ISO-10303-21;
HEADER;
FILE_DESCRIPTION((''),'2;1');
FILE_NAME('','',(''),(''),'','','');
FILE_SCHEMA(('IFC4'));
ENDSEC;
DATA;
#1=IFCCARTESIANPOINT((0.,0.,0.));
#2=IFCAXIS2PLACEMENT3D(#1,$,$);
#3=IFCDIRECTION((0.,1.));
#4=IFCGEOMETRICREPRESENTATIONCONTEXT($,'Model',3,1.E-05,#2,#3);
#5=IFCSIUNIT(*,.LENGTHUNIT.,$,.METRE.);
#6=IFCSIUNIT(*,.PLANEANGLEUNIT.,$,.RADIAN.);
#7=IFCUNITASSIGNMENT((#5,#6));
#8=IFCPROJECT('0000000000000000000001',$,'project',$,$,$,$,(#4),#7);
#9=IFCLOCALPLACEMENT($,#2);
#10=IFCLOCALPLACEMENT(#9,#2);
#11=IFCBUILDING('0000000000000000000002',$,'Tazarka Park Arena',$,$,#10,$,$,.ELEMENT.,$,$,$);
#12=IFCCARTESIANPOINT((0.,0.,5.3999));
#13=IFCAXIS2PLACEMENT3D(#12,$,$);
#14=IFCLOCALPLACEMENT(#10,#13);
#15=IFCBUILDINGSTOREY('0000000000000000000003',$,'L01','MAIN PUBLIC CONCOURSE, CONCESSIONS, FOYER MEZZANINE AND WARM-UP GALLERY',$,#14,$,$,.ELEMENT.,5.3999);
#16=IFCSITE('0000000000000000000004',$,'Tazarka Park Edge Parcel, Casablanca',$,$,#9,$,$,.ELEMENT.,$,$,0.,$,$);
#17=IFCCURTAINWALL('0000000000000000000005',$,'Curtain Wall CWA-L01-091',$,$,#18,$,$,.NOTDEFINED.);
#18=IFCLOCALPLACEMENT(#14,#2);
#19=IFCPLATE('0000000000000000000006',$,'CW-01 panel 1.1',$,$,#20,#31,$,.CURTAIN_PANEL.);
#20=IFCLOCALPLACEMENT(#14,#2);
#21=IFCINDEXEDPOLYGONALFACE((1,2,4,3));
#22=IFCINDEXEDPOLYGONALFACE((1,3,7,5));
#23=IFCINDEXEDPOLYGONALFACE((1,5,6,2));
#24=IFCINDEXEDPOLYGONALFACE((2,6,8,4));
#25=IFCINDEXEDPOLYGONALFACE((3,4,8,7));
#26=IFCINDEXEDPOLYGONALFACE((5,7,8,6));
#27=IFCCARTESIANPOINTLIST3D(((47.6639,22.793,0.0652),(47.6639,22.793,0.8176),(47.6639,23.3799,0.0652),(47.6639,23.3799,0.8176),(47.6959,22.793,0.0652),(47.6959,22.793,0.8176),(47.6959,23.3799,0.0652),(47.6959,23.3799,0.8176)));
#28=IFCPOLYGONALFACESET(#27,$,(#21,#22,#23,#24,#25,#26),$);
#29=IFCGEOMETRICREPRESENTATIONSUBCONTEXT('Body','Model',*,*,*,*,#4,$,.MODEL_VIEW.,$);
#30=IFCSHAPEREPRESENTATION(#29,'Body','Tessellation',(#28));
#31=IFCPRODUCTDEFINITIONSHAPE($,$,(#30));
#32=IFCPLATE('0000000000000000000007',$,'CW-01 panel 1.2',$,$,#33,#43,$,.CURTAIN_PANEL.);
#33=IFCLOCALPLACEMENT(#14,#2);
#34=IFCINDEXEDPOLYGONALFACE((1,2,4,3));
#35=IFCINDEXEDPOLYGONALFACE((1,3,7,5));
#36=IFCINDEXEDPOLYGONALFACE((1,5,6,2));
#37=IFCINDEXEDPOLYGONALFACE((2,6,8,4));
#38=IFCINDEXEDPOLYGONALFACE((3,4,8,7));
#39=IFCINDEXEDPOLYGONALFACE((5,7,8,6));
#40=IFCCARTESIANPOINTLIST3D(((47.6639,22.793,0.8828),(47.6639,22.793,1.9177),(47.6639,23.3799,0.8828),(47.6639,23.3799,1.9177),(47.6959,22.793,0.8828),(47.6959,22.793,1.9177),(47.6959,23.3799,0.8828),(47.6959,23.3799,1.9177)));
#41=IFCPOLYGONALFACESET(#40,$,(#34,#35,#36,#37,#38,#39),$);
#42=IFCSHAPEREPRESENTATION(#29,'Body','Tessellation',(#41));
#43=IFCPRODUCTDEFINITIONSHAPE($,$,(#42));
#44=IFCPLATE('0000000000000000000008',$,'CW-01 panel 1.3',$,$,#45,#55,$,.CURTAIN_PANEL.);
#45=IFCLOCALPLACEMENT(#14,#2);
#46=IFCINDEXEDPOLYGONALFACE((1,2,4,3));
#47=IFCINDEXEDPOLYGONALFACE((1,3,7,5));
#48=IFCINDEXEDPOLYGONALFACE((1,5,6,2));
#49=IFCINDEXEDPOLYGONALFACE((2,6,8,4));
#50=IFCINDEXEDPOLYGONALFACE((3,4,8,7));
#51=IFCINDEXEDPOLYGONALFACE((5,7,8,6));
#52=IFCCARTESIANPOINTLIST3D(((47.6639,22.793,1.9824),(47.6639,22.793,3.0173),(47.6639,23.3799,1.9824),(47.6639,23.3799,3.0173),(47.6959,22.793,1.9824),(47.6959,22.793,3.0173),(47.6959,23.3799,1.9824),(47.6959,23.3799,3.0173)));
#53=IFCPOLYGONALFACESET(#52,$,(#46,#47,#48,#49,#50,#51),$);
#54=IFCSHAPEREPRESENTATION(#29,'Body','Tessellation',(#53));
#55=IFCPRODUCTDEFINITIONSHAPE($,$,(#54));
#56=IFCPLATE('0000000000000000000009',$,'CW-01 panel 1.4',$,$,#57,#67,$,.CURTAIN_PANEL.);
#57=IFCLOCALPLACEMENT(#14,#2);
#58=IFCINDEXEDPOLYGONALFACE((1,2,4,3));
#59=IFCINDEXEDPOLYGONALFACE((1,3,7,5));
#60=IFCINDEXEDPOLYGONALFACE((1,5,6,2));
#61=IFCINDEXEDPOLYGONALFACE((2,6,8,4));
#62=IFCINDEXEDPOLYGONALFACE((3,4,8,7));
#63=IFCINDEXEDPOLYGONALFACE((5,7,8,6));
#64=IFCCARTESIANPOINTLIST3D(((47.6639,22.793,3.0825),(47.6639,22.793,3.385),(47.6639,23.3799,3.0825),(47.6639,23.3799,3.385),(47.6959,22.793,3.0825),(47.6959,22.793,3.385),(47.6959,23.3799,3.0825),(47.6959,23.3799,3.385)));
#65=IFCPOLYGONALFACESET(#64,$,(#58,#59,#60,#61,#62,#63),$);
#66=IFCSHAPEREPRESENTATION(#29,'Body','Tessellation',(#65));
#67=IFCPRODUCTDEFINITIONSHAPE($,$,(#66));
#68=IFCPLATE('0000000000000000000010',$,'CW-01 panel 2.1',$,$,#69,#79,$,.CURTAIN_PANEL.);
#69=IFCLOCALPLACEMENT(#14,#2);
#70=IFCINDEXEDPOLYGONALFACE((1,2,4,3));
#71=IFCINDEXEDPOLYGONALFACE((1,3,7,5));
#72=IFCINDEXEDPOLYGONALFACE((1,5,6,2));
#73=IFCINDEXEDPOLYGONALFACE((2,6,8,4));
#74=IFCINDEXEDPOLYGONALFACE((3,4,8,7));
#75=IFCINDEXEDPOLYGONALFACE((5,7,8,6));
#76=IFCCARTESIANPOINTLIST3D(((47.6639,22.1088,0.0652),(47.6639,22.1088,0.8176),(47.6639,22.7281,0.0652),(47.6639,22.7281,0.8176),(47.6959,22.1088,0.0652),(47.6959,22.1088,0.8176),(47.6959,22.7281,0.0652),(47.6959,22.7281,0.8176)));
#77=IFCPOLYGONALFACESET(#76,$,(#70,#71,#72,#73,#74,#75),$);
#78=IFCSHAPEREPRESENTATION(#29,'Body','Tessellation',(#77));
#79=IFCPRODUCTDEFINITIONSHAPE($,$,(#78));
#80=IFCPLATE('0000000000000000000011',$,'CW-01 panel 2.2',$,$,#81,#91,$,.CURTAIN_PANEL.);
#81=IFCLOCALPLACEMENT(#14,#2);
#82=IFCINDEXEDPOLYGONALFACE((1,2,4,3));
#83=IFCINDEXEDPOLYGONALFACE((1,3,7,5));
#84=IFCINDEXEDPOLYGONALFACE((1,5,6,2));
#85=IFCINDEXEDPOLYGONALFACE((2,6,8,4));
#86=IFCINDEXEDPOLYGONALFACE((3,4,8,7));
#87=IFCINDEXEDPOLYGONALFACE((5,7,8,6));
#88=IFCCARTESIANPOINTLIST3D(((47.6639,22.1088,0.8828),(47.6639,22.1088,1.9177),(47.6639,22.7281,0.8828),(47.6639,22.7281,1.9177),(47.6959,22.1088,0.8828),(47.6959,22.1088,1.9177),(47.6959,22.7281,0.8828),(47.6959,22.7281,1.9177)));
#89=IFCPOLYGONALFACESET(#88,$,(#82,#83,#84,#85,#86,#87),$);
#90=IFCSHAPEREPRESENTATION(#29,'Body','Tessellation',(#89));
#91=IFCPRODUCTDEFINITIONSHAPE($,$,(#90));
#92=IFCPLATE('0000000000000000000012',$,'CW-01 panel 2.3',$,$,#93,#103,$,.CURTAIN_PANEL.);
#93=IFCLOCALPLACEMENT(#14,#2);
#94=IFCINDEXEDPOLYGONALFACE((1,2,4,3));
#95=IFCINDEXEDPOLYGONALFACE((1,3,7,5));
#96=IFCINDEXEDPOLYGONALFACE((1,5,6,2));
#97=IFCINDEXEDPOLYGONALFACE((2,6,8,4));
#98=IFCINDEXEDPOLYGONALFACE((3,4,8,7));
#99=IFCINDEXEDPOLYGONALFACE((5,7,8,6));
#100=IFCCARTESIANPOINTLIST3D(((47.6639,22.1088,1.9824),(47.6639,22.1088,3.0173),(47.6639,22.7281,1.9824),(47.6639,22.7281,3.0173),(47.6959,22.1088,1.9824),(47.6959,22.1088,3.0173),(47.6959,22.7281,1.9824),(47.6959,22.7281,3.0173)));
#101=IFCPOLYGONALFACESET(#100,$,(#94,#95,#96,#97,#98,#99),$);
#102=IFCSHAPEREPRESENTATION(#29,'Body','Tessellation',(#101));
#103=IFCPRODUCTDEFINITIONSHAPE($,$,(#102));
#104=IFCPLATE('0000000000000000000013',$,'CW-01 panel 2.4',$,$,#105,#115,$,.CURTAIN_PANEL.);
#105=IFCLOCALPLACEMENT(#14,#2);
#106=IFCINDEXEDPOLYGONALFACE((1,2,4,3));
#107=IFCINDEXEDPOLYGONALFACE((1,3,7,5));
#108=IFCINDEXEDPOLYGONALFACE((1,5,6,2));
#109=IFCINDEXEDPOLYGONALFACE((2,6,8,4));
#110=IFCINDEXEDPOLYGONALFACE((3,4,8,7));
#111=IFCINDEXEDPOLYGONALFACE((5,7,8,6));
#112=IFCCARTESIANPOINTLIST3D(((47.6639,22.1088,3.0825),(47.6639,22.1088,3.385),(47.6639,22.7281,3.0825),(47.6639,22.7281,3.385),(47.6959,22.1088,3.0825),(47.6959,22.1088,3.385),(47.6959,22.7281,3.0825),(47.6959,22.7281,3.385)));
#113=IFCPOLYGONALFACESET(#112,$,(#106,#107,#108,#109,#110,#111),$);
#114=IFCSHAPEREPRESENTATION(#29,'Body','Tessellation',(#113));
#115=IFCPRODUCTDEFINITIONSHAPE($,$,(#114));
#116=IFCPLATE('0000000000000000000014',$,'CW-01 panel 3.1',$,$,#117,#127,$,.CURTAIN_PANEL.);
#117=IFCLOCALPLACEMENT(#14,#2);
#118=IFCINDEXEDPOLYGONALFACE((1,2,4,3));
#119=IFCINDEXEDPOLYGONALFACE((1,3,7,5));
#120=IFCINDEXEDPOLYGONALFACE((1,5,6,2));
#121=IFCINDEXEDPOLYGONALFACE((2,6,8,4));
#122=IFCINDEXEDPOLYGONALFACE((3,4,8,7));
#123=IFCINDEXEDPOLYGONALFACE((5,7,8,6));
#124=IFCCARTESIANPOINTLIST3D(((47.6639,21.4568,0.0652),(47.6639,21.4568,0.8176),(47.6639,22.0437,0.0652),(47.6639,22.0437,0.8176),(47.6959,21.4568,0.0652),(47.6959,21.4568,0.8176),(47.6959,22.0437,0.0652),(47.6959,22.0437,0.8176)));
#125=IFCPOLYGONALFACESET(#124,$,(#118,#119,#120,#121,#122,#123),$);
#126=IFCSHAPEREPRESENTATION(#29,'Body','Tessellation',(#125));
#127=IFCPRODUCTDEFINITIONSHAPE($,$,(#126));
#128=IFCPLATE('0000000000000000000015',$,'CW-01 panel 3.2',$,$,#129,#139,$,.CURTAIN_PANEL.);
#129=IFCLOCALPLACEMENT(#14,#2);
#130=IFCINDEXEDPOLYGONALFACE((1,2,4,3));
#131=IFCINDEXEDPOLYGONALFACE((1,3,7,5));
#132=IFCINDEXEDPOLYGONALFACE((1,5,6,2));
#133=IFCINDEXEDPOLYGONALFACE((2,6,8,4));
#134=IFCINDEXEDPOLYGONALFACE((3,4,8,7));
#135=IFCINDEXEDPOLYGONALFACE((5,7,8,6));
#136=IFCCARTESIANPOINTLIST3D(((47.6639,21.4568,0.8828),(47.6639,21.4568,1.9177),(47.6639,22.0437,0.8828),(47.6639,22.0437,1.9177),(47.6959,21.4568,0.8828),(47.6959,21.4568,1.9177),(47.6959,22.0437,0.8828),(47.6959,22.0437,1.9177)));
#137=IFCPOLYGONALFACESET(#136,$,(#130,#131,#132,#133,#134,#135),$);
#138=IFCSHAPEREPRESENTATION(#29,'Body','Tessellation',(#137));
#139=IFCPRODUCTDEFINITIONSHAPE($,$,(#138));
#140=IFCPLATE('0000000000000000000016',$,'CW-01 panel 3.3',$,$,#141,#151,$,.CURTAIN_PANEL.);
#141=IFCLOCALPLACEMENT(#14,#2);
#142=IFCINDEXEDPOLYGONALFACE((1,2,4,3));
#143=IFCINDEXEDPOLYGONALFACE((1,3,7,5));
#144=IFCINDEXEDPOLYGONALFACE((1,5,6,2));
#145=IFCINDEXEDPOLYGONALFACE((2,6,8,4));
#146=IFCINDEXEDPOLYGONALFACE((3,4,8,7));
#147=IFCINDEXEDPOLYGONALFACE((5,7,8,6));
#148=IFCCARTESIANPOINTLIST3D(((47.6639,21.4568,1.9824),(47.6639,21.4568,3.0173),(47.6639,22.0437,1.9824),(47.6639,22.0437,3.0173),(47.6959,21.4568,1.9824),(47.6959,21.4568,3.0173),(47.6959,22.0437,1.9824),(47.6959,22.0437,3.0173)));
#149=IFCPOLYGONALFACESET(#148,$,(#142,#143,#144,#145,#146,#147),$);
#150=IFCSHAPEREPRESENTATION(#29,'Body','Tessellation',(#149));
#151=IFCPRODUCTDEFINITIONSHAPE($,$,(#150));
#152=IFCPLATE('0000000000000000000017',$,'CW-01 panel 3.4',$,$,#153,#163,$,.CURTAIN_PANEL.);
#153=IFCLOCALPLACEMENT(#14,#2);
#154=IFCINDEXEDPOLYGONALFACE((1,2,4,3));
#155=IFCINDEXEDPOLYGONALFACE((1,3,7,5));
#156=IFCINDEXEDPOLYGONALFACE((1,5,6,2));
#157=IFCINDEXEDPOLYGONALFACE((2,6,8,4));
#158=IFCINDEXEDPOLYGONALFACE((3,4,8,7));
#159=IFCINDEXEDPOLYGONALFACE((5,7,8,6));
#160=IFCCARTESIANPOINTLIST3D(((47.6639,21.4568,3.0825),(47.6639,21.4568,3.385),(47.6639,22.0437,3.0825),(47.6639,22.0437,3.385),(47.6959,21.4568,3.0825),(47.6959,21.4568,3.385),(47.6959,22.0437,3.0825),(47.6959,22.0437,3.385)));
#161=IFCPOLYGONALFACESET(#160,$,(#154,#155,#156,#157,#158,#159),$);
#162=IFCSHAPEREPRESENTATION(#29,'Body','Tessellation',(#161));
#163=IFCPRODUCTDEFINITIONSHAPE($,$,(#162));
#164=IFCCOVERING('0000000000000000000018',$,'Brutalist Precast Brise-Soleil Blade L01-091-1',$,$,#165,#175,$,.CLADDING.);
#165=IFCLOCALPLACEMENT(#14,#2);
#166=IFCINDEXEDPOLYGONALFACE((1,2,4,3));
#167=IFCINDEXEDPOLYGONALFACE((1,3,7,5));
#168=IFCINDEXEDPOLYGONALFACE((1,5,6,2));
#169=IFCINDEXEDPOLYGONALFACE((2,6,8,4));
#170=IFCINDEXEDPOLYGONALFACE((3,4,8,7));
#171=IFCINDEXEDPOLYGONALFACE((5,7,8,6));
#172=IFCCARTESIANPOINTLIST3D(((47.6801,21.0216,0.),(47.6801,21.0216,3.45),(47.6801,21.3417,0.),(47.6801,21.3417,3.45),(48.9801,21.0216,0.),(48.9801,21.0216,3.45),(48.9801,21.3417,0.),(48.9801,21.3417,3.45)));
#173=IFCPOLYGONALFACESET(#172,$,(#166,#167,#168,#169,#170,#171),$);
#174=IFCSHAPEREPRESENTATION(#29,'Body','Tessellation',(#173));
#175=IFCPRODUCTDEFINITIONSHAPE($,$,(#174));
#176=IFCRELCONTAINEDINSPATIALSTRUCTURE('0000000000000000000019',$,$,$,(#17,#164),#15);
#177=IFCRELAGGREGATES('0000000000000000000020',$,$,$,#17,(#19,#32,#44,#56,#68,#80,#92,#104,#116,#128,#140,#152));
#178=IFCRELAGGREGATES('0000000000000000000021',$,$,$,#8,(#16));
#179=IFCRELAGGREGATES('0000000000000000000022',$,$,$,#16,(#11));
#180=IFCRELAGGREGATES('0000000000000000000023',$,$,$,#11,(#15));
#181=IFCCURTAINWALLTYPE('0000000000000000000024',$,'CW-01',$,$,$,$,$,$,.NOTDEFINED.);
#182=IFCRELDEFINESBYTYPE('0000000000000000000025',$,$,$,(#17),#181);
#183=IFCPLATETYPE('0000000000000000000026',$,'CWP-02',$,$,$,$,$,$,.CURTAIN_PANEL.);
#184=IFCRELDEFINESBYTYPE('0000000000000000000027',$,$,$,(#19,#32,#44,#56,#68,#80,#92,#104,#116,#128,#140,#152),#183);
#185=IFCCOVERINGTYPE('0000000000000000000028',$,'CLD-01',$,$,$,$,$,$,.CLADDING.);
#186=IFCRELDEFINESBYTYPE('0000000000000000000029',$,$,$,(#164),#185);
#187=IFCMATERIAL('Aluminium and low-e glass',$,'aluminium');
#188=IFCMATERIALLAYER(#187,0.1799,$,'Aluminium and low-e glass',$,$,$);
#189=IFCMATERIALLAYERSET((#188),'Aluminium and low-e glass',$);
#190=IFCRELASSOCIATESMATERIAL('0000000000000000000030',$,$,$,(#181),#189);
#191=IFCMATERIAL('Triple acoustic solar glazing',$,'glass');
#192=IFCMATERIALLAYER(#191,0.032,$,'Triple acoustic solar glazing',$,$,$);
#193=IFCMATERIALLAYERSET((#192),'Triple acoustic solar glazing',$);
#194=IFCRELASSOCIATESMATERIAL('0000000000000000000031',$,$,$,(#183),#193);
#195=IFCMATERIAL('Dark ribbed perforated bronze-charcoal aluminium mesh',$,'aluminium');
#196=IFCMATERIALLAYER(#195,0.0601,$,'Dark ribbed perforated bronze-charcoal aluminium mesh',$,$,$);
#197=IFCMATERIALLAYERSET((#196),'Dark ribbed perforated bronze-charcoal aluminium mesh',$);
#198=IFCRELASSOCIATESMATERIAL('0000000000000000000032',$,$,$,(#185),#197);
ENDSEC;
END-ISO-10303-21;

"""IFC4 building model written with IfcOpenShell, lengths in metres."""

from ifc_helpers import new_model, si_unit, direction, frame, origin, origin_2d, place, context, subcontext, project, spatial, rectangle, extrude, material, layer, layer_set, type_object, element, aggregate, save


model = new_model("IFC4")

# Units and contexts
model_context = context("Model", 3, precision=1e-05, world=origin(), true_north=direction((0.0, 1.0)))
body_context = subcontext(model_context, "Body", "Model", "MODEL_VIEW")
ifc_project = project(units=[si_unit("LENGTHUNIT", "METRE"), si_unit("PLANEANGLEUNIT", "RADIAN")], contexts=[model_context])

# Site, building, storey
site_placement = place(None, origin())
site = spatial("IfcSite", under=ifc_project, at=site_placement, Name="Tazarka Park Edge Parcel, Casablanca", CompositionType="ELEMENT", RefElevation=0.0)
building_placement = place(site_placement, origin())
building = spatial("IfcBuilding", under=site, at=building_placement, Name="Tazarka Park Arena", CompositionType="ELEMENT")
storey_placement = place(building_placement, frame((0.0, 0.0, 5.3999)))
storey = spatial("IfcBuildingStorey", under=building, at=storey_placement, Name="L01", Description="MAIN PUBLIC CONCOURSE, CONCESSIONS, FOYER MEZZANINE AND WARM-UP GALLERY", CompositionType="ELEMENT", Elevation=5.3999)

# Curtain wall, plates
ifc_material_1 = material(Name="Aluminium and low-e glass", Category="aluminium")
ifc_layer_1 = layer(ifc_material_1, 0.1799, Name="Aluminium and low-e glass")
ifc_layer_set_1 = layer_set([ifc_layer_1], Name="Aluminium and low-e glass")
curtain_wall_type = type_object("IfcCurtainWallType", Name="CW-01", PredefinedType="NOTDEFINED", material=ifc_layer_set_1)
curtain_wall_placement = place(storey_placement, origin())
curtain_wall = element("IfcCurtainWall", 1, at=curtain_wall_placement, inside=storey, type_object=curtain_wall_type, Name="Curtain Wall CWA-L01-091", PredefinedType="NOTDEFINED")
ifc_material_2 = material(Name="Triple acoustic solar glazing", Category="glass")
ifc_layer_2 = layer(ifc_material_2, 0.032, Name="Triple acoustic solar glazing")
ifc_layer_set_2 = layer_set([ifc_layer_2], Name="Triple acoustic solar glazing")
plate_type = type_object("IfcPlateType", Name="CWP-02", PredefinedType="CURTAIN_PANEL", material=ifc_layer_set_2)
plate_1_placement = place(storey_placement, frame((47.6799, 23.0864, 0.0652), z_axis=(0.0, 0.0, 1.0), x_axis=(0.0, -1.0, 0.0)))
plate_1 = element("IfcPlate", 2, at=plate_1_placement, type_object=plate_type, Name="CW-01 panel 1.1", PredefinedType="CURTAIN_PANEL", context=body_context, shape_type="SweptSolid", body=[
    extrude(rectangle(XDim=0.5869, YDim=0.032, at=origin_2d()), origin(), (0.0, 0.0, 1.0), 0.7524),
])
plate_2_placement = place(storey_placement, frame((47.6799, 23.0864, 0.8828), z_axis=(0.0, 0.0, 1.0), x_axis=(0.0, -1.0, 0.0)))
plate_2 = element("IfcPlate", 3, at=plate_2_placement, type_object=plate_type, Name="CW-01 panel 1.2", PredefinedType="CURTAIN_PANEL", context=body_context, shape_type="SweptSolid", body=[
    extrude(rectangle(XDim=0.5869, YDim=0.032, at=origin_2d()), origin(), (0.0, 0.0, 1.0), 1.0349),
])
plate_3_placement = place(storey_placement, frame((47.6799, 23.0864, 1.9824), z_axis=(0.0, 0.0, 1.0), x_axis=(0.0, -1.0, 0.0)))
plate_3 = element("IfcPlate", 4, at=plate_3_placement, type_object=plate_type, Name="CW-01 panel 1.3", PredefinedType="CURTAIN_PANEL", context=body_context, shape_type="SweptSolid", body=[
    extrude(rectangle(XDim=0.5869, YDim=0.032, at=origin_2d()), origin(), (0.0, 0.0, 1.0), 1.0349),
])
plate_4_placement = place(storey_placement, frame((47.6799, 23.0864, 3.0825), z_axis=(0.0, 0.0, 1.0), x_axis=(0.0, -1.0, 0.0)))
plate_4 = element("IfcPlate", 5, at=plate_4_placement, type_object=plate_type, Name="CW-01 panel 1.4", PredefinedType="CURTAIN_PANEL", context=body_context, shape_type="SweptSolid", body=[
    extrude(rectangle(XDim=0.5869, YDim=0.032, at=origin_2d()), origin(), (0.0, 0.0, 1.0), 0.3025),
])
plate_5_placement = place(storey_placement, frame((47.6799, 22.4185, 0.0652), z_axis=(0.0, 0.0, 1.0), x_axis=(0.0, -1.0, 0.0)))
plate_5 = element("IfcPlate", 6, at=plate_5_placement, type_object=plate_type, Name="CW-01 panel 2.1", PredefinedType="CURTAIN_PANEL", context=body_context, shape_type="SweptSolid", body=[
    extrude(rectangle(XDim=0.6194, YDim=0.032, at=origin_2d()), origin(), (0.0, 0.0, 1.0), 0.7524),
])
plate_6_placement = place(storey_placement, frame((47.6799, 22.4185, 0.8828), z_axis=(0.0, 0.0, 1.0), x_axis=(0.0, -1.0, 0.0)))
plate_6 = element("IfcPlate", 7, at=plate_6_placement, type_object=plate_type, Name="CW-01 panel 2.2", PredefinedType="CURTAIN_PANEL", context=body_context, shape_type="SweptSolid", body=[
    extrude(rectangle(XDim=0.6194, YDim=0.032, at=origin_2d()), origin(), (0.0, 0.0, 1.0), 1.0349),
])
plate_7_placement = place(storey_placement, frame((47.6799, 22.4185, 1.9824), z_axis=(0.0, 0.0, 1.0), x_axis=(0.0, -1.0, 0.0)))
plate_7 = element("IfcPlate", 8, at=plate_7_placement, type_object=plate_type, Name="CW-01 panel 2.3", PredefinedType="CURTAIN_PANEL", context=body_context, shape_type="SweptSolid", body=[
    extrude(rectangle(XDim=0.6194, YDim=0.032, at=origin_2d()), origin(), (0.0, 0.0, 1.0), 1.0349),
])
plate_8_placement = place(storey_placement, frame((47.6799, 22.4185, 3.0825), z_axis=(0.0, 0.0, 1.0), x_axis=(0.0, -1.0, 0.0)))
plate_8 = element("IfcPlate", 9, at=plate_8_placement, type_object=plate_type, Name="CW-01 panel 2.4", PredefinedType="CURTAIN_PANEL", context=body_context, shape_type="SweptSolid", body=[
    extrude(rectangle(XDim=0.6194, YDim=0.032, at=origin_2d()), origin(), (0.0, 0.0, 1.0), 0.3025),
])
plate_9_placement = place(storey_placement, frame((47.6799, 21.7502, 0.0652), z_axis=(0.0, 0.0, 1.0), x_axis=(0.0, -1.0, 0.0)))
plate_9 = element("IfcPlate", 10, at=plate_9_placement, type_object=plate_type, Name="CW-01 panel 3.1", PredefinedType="CURTAIN_PANEL", context=body_context, shape_type="SweptSolid", body=[
    extrude(rectangle(XDim=0.5869, YDim=0.032, at=origin_2d()), origin(), (0.0, 0.0, 1.0), 0.7524),
])
plate_10_placement = place(storey_placement, frame((47.6799, 21.7502, 0.8828), z_axis=(0.0, 0.0, 1.0), x_axis=(0.0, -1.0, 0.0)))
plate_10 = element("IfcPlate", 11, at=plate_10_placement, type_object=plate_type, Name="CW-01 panel 3.2", PredefinedType="CURTAIN_PANEL", context=body_context, shape_type="SweptSolid", body=[
    extrude(rectangle(XDim=0.5869, YDim=0.032, at=origin_2d()), origin(), (0.0, 0.0, 1.0), 1.0349),
])
plate_11_placement = place(storey_placement, frame((47.6799, 21.7502, 1.9824), z_axis=(0.0, 0.0, 1.0), x_axis=(0.0, -1.0, 0.0)))
plate_11 = element("IfcPlate", 12, at=plate_11_placement, type_object=plate_type, Name="CW-01 panel 3.3", PredefinedType="CURTAIN_PANEL", context=body_context, shape_type="SweptSolid", body=[
    extrude(rectangle(XDim=0.5869, YDim=0.032, at=origin_2d()), origin(), (0.0, 0.0, 1.0), 1.0349),
])
plate_12_placement = place(storey_placement, frame((47.6799, 21.7502, 3.0825), z_axis=(0.0, 0.0, 1.0), x_axis=(0.0, -1.0, 0.0)))
plate_12 = element("IfcPlate", 13, at=plate_12_placement, type_object=plate_type, Name="CW-01 panel 3.4", PredefinedType="CURTAIN_PANEL", context=body_context, shape_type="SweptSolid", body=[
    extrude(rectangle(XDim=0.5869, YDim=0.032, at=origin_2d()), origin(), (0.0, 0.0, 1.0), 0.3025),
])
aggregate(curtain_wall, [plate_1, plate_2, plate_3, plate_4, plate_5, plate_6, plate_7, plate_8, plate_9, plate_10, plate_11, plate_12])

# Covering
ifc_material_3 = material(Name="Dark ribbed perforated bronze-charcoal aluminium mesh", Category="aluminium")
ifc_layer_3 = layer(ifc_material_3, 0.0601, Name="Dark ribbed perforated bronze-charcoal aluminium mesh")
ifc_layer_set_3 = layer_set([ifc_layer_3], Name="Dark ribbed perforated bronze-charcoal aluminium mesh")
covering_type = type_object("IfcCoveringType", Name="CLD-01", PredefinedType="CLADDING", material=ifc_layer_set_3)
covering_placement = place(storey_placement, frame((48.3301, 21.1816, 0.0), z_axis=(0.0, 0.0, 1.0), x_axis=(0.0, -1.0, 0.0)))
element("IfcCovering", 14, at=covering_placement, inside=storey, type_object=covering_type, Name="Brutalist Precast Brise-Soleil Blade L01-091-1", PredefinedType="CLADDING", context=body_context, shape_type="SweptSolid", body=[
    extrude(rectangle(XDim=0.3201, YDim=1.3, at=origin_2d()), origin(), (0.0, 0.0, 1.0), 3.45),
])

save(model, "model.ifc")
